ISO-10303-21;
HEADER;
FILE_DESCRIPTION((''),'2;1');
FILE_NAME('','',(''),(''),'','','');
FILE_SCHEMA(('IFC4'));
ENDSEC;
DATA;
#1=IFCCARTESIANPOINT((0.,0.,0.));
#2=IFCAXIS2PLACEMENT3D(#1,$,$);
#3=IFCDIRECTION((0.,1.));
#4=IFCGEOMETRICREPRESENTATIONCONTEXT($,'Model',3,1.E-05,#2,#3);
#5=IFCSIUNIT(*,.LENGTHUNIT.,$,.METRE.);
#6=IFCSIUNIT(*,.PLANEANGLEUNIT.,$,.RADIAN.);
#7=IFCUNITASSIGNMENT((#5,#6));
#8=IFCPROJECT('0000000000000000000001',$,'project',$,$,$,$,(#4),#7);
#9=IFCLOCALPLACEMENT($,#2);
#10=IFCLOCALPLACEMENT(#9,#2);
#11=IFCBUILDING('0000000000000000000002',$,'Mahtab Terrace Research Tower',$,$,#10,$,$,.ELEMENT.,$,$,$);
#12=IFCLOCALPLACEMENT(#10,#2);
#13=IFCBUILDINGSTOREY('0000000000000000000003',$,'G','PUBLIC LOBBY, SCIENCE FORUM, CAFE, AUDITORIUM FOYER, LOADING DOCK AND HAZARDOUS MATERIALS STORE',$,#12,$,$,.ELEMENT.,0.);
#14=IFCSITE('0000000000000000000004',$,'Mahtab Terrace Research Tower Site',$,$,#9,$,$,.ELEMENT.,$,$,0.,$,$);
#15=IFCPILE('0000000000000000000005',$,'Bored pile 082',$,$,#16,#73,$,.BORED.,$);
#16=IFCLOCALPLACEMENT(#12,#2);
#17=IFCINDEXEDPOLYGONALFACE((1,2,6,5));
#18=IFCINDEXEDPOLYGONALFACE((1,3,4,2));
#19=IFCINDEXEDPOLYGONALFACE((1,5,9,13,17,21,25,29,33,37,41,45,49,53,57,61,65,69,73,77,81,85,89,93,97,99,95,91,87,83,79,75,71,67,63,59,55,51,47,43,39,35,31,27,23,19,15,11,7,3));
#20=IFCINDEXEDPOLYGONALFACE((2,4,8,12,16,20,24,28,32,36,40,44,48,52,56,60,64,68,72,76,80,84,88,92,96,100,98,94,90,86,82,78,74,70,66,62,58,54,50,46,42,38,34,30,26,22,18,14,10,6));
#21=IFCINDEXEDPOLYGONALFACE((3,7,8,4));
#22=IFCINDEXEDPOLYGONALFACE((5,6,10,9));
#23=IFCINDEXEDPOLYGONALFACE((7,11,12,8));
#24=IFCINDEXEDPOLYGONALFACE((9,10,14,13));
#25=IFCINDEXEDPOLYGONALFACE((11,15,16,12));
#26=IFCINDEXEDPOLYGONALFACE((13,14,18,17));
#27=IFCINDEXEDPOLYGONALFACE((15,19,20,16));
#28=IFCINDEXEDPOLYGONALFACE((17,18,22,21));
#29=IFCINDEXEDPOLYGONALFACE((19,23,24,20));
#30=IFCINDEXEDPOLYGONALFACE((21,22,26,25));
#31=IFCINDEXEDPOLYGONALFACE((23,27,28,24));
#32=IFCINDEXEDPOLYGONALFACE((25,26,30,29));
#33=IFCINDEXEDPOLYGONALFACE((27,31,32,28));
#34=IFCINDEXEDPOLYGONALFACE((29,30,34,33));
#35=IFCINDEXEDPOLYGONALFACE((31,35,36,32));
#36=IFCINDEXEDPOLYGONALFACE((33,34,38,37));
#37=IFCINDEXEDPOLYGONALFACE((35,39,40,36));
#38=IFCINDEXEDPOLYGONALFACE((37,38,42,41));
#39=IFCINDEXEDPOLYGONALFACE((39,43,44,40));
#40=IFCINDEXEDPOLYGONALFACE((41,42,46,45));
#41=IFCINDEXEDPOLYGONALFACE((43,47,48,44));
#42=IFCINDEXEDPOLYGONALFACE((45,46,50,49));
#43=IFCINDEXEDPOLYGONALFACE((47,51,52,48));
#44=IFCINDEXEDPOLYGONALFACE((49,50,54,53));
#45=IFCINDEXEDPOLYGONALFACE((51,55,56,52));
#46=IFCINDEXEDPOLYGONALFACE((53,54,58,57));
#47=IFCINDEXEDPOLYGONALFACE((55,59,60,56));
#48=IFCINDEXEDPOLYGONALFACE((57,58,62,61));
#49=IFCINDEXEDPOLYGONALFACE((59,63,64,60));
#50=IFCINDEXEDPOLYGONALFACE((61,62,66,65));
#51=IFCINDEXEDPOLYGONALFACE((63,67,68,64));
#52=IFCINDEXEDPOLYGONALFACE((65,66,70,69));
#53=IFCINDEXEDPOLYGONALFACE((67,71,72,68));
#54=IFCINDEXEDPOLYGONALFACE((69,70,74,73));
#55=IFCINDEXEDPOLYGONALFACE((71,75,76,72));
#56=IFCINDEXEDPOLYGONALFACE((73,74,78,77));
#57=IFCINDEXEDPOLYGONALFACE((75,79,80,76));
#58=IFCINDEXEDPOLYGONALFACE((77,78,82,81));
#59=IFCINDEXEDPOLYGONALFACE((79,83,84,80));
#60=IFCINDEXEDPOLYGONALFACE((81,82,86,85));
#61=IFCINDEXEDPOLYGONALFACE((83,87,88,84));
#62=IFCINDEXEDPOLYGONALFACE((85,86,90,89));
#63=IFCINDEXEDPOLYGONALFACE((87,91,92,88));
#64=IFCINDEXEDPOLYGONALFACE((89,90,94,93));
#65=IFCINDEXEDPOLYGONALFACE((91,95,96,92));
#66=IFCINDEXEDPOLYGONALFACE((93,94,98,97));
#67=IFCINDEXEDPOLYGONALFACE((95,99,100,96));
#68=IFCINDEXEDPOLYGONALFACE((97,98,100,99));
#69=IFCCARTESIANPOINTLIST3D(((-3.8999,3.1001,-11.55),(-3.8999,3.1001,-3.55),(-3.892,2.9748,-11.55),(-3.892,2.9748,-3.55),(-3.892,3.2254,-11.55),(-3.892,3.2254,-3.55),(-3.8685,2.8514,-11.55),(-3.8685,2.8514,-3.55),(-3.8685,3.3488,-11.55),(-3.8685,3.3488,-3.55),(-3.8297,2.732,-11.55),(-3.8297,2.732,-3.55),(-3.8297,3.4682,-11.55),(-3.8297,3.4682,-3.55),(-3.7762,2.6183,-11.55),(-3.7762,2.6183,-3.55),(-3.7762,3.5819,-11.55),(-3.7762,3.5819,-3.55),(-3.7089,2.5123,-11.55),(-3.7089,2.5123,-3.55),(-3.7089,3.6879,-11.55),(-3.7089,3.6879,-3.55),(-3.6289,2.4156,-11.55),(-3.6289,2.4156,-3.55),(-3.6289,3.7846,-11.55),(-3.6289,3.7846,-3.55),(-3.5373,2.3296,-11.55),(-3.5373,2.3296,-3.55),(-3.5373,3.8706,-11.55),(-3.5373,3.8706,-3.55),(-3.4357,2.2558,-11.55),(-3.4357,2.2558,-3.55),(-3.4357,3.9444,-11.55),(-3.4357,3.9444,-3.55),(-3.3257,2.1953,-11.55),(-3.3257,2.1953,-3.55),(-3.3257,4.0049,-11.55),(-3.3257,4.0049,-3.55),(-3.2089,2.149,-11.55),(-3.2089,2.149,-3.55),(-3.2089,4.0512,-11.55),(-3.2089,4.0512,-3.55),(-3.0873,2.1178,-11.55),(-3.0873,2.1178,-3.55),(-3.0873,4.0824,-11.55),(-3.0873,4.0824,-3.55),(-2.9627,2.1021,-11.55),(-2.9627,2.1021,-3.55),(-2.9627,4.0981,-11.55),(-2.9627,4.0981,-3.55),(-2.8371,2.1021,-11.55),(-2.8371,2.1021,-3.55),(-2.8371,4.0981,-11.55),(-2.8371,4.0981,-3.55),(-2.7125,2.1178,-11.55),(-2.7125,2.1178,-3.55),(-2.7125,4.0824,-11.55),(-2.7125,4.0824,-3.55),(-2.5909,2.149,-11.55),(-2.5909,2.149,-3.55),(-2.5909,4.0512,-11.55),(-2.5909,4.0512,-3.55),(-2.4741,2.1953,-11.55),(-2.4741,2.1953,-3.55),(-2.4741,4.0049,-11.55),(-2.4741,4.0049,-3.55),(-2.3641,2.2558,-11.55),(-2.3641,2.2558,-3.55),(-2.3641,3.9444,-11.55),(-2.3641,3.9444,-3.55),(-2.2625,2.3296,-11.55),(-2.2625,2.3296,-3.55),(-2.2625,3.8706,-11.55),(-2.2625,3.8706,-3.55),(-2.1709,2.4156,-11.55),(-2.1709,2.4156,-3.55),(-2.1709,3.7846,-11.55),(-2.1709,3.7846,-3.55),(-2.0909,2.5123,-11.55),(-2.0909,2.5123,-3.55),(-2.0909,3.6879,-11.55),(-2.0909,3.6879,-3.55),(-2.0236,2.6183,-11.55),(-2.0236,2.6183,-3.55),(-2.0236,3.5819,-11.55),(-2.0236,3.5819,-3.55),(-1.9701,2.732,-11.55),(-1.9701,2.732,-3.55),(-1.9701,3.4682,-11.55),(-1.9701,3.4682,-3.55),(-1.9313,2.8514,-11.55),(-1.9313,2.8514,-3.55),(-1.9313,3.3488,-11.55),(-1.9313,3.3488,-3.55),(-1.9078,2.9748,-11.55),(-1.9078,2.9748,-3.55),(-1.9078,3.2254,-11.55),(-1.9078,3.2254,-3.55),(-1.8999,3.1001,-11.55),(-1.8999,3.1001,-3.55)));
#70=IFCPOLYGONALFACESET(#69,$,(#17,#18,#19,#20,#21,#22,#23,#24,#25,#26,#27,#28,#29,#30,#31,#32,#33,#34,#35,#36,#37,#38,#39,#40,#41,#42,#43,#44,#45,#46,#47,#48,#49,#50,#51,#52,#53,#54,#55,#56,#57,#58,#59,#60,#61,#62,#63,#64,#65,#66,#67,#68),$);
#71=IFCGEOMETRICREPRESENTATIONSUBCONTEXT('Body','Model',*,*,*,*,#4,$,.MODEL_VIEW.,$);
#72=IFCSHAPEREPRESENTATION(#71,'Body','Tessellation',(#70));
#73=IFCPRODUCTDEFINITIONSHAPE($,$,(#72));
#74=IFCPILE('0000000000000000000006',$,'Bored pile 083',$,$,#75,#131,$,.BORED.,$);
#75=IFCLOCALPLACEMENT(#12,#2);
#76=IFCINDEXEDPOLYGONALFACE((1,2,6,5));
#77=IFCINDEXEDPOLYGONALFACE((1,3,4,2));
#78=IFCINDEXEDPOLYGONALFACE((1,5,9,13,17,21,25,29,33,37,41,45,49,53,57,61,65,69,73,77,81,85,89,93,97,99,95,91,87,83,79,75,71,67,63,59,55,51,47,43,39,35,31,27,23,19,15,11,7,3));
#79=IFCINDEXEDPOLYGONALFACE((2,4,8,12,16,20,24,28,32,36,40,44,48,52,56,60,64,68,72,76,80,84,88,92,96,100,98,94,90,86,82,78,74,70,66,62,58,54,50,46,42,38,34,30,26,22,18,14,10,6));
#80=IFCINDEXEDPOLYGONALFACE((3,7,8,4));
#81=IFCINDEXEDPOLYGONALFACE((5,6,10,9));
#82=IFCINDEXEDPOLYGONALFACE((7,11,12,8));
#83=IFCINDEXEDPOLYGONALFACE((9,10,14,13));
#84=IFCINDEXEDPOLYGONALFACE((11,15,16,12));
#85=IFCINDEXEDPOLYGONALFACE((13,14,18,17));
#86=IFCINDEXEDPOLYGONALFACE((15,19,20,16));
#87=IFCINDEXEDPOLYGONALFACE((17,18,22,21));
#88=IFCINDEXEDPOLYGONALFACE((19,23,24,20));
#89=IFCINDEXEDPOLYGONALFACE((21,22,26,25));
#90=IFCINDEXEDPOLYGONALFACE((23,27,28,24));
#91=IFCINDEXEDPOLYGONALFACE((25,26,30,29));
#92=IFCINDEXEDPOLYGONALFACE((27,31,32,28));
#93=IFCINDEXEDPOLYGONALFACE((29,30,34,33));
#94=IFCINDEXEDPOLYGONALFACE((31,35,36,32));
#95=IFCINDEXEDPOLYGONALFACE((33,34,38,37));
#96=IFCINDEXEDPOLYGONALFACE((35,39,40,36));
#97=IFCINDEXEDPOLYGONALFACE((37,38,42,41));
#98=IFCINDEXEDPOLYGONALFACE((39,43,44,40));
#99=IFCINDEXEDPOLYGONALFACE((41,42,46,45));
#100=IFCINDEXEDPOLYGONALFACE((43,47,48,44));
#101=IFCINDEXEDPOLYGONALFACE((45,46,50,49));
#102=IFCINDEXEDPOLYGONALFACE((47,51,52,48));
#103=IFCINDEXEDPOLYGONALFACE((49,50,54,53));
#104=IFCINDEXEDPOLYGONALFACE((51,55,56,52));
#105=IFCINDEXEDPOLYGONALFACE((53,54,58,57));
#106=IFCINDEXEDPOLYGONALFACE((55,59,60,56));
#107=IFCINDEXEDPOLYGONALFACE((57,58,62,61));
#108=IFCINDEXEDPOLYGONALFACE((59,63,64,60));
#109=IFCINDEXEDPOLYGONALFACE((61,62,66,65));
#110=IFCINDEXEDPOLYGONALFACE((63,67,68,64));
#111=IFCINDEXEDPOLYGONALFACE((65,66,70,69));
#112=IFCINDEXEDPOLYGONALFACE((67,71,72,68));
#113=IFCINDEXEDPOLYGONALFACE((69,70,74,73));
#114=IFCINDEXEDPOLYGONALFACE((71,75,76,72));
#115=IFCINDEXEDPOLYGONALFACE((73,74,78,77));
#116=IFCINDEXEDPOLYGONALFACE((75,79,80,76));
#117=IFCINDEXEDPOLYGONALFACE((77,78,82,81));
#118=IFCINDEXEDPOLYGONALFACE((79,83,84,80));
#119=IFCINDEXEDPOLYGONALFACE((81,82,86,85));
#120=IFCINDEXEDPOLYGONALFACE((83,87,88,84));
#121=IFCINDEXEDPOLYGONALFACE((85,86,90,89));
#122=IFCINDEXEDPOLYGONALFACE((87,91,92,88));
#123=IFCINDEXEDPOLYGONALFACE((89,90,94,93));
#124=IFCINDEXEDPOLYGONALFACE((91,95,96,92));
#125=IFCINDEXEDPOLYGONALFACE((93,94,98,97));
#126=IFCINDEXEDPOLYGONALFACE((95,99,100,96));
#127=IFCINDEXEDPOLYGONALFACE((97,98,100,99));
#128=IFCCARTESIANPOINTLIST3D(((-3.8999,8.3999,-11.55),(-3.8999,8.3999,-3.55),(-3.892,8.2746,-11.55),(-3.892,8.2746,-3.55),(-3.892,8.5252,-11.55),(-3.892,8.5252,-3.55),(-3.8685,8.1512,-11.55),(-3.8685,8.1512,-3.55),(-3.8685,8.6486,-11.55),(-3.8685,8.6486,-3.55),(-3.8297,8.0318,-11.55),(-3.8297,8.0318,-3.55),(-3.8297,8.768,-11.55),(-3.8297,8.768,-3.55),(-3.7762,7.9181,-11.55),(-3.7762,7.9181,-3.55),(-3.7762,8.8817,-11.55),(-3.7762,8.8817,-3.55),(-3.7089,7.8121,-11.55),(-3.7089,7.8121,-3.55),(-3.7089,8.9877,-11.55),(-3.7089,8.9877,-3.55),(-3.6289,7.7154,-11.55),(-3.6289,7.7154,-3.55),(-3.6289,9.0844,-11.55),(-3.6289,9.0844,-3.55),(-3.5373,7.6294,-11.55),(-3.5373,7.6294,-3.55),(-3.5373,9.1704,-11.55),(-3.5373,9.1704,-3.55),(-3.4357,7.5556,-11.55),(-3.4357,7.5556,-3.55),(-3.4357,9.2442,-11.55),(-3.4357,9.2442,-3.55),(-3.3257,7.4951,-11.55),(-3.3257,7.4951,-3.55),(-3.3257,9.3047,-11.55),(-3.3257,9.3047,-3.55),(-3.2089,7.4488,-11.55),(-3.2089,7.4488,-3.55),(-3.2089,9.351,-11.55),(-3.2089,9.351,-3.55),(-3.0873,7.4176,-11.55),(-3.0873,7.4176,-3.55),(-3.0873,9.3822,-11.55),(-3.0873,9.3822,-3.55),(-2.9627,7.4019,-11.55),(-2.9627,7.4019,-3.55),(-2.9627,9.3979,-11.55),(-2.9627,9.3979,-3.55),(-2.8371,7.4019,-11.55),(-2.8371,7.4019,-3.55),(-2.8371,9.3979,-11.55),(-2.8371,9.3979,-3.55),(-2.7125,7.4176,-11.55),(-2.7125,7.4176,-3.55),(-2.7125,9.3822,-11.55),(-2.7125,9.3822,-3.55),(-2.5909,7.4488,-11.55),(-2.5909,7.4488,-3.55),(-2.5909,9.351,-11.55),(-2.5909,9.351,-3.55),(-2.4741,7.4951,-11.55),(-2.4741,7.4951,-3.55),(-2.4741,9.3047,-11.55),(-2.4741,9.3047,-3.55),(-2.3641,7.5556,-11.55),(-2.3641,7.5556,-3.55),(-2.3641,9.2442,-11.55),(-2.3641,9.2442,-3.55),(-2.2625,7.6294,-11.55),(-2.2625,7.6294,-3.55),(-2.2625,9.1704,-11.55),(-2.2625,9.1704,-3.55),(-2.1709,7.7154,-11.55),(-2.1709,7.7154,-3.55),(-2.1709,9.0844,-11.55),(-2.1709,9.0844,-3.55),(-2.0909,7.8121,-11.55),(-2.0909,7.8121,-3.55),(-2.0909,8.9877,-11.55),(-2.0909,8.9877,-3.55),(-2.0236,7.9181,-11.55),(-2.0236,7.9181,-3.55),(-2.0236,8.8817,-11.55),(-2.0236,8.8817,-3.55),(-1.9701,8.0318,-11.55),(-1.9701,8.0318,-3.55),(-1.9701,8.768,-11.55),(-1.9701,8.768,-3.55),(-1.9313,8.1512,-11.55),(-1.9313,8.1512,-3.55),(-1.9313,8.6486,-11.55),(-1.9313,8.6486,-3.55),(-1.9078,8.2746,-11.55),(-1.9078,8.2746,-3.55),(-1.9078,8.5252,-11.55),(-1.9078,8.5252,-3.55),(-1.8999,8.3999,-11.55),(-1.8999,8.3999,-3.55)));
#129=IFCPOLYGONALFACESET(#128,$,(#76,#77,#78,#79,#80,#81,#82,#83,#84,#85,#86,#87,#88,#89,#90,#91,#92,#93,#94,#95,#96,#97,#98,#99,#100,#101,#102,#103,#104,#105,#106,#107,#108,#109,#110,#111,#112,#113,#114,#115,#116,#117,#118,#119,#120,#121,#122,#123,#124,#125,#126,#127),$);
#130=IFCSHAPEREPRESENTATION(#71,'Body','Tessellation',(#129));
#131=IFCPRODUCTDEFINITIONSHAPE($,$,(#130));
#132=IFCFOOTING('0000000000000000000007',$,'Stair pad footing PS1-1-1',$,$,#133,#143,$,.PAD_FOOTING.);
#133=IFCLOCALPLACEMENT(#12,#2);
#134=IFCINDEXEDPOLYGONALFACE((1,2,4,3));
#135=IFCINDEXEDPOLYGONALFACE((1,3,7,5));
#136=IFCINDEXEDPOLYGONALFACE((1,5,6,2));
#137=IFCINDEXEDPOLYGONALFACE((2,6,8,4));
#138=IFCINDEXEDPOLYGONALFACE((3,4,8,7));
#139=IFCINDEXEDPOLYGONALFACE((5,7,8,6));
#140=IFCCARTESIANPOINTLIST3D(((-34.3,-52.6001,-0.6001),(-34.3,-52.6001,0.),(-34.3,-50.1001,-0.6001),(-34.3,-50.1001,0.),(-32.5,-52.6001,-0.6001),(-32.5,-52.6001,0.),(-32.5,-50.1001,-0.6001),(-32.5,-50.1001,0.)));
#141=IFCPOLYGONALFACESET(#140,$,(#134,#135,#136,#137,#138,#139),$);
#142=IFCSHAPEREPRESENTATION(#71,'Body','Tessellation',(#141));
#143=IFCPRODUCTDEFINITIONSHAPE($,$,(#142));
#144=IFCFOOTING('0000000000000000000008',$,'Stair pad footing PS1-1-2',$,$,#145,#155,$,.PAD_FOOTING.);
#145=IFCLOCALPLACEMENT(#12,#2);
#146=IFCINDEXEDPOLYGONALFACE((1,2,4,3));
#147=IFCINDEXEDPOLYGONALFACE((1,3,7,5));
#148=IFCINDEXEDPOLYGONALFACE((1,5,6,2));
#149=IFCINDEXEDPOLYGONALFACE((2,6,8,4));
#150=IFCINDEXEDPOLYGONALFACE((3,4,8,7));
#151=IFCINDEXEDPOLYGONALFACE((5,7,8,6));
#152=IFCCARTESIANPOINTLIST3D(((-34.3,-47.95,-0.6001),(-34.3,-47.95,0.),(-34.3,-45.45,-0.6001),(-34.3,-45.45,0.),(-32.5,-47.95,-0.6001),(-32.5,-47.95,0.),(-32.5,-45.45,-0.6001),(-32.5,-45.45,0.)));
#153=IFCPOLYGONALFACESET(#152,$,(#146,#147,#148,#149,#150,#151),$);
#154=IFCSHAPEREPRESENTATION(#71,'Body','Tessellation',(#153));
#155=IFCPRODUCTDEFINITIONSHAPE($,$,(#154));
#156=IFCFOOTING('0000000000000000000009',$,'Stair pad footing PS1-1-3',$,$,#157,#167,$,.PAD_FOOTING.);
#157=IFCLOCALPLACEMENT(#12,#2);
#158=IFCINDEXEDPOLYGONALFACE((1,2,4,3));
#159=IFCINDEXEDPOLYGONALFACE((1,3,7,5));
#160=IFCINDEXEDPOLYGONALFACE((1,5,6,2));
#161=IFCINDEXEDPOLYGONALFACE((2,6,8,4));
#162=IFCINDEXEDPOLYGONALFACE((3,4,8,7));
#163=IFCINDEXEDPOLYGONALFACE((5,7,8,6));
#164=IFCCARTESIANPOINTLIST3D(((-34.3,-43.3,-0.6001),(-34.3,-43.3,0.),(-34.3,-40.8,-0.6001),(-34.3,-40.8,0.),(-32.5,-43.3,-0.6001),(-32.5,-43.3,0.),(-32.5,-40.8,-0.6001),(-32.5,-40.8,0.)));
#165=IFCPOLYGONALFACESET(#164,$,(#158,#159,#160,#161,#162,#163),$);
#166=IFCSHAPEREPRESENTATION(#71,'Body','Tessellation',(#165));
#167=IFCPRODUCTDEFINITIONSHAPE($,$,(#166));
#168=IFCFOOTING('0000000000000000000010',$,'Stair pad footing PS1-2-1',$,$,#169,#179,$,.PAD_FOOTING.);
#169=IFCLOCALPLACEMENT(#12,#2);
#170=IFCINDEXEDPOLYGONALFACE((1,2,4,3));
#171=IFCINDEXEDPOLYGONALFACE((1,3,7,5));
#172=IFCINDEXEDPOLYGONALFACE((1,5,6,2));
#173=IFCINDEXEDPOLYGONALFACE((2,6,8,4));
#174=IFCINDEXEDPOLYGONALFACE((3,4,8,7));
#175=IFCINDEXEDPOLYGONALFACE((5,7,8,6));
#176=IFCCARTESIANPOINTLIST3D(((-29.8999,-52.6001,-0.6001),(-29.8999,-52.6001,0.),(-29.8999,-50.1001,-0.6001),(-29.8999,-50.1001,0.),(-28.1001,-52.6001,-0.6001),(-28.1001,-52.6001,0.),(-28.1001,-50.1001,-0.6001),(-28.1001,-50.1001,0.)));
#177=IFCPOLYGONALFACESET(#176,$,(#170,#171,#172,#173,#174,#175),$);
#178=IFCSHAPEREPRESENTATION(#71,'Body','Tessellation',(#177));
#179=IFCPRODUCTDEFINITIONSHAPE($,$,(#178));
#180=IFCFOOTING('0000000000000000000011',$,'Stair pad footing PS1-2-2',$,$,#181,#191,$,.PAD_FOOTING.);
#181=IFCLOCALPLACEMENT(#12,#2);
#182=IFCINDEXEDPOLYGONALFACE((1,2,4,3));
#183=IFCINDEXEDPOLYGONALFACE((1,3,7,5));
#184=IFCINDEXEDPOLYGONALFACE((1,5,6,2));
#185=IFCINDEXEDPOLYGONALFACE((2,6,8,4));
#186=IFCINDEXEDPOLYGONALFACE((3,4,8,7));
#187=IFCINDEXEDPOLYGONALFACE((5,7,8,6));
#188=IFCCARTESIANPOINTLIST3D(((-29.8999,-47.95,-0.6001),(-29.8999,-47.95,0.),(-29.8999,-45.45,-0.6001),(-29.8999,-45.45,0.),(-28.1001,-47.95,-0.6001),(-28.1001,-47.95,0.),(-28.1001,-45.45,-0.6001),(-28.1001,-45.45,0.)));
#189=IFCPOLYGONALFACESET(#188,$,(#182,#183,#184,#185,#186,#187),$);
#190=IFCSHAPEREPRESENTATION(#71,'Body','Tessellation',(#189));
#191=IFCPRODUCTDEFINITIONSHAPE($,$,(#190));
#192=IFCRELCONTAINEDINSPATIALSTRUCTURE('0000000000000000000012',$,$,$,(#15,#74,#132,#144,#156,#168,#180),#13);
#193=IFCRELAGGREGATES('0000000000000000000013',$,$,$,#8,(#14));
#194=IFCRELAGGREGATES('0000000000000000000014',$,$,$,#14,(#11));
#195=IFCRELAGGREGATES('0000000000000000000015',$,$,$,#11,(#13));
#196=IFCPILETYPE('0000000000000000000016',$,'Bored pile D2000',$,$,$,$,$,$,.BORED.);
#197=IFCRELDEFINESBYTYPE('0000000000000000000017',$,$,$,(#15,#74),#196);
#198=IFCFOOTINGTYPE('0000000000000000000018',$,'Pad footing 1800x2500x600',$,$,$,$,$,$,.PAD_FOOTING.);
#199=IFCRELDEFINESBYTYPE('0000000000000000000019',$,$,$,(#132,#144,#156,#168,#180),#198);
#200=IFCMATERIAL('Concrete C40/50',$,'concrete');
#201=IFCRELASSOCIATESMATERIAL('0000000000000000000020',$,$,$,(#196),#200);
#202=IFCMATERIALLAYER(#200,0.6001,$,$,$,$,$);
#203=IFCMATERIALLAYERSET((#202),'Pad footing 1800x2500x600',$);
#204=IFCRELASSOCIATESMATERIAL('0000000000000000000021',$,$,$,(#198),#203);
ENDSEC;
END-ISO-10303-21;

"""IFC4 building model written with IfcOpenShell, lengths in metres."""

from ifc_helpers import new_model, si_unit, direction, frame, origin, origin_2d, place, context, subcontext, project, spatial, polyline, circle, outline, extrude, material, layer, layer_set, material_profile, profile_set, type_object, element, save


model = new_model("IFC4")

# Units and contexts
model_context = context("Model", 3, precision=1e-05, world=origin(), true_north=direction((0.0, 1.0)))
body_context = subcontext(model_context, "Body", "Model", "MODEL_VIEW")
ifc_project = project(units=[si_unit("LENGTHUNIT", "METRE"), si_unit("PLANEANGLEUNIT", "RADIAN")], contexts=[model_context])

# Site, building, storey
site_placement = place(None, origin())
site = spatial("IfcSite", under=ifc_project, at=site_placement, Name="Mahtab Terrace Research Tower Site", CompositionType="ELEMENT", RefElevation=0.0)
building_placement = place(site_placement, origin())
building = spatial("IfcBuilding", under=site, at=building_placement, Name="Mahtab Terrace Research Tower", CompositionType="ELEMENT")
storey_placement = place(building_placement, origin())
storey = spatial("IfcBuildingStorey", under=building, at=storey_placement, Name="G", Description="PUBLIC LOBBY, SCIENCE FORUM, CAFE, AUDITORIUM FOYER, LOADING DOCK AND HAZARDOUS MATERIALS STORE", CompositionType="ELEMENT", Elevation=0.0)

# Piles
ifc_material_1 = material(Name="Concrete C40/50", Category="concrete")
ifc_material_profile_1 = material_profile(ifc_material_1, circle(Radius=1.0, at=origin_2d()), Name="Bored pile D2000")
ifc_profile_set_1 = profile_set([ifc_material_profile_1], Name="Concrete C40/50")
pile_type = type_object("IfcPileType", Name="Bored pile D2000", PredefinedType="BORED", material=ifc_profile_set_1)
for number, where, z_axis, x_axis, name in (
    (1, (-2.8999, 3.1001, -3.55), (0.0, 0.0, -1.0), (1.0, 0.0, 0.0), "Bored pile 082"),
    (2, (-2.8999, 8.3999, -3.55), (0.0, 0.0, -1.0), (1.0, 0.0, 0.0), "Bored pile 083"),
):
    element("IfcPile", number, at=place(storey_placement, frame(where, z_axis=z_axis, x_axis=x_axis)), inside=storey, type_object=pile_type, Name=name, PredefinedType="BORED", context=body_context, shape_type="SweptSolid", body=[
        extrude(circle(Radius=1.0, at=origin_2d()), origin(), (0.0, 0.0, 1.0), 8.0),
    ])

# Footings
ifc_layer_1 = layer(ifc_material_1, 0.6001)
ifc_layer_set_1 = layer_set([ifc_layer_1], Name="Pad footing 1800x2500x600")
footing_type_1 = type_object("IfcFootingType", Name="Pad footing 1800x2500x600", PredefinedType="PAD_FOOTING", material=ifc_layer_set_1)
footing_1_placement = place(storey_placement, frame((0.0, 0.0, -0.6001)))
element("IfcFooting", 3, at=footing_1_placement, inside=storey, type_object=footing_type_1, Name="Stair pad footing PS1-1-1", PredefinedType="PAD_FOOTING", context=body_context, shape_type="SweptSolid", body=[
    extrude(outline(polyline([(-34.3, -52.6001), (-32.5, -52.6001), (-32.5, -50.1001), (-34.3, -50.1001), (-34.3, -52.6001)])), origin(), (0.0, 0.0, 1.0), 0.6001),
])
footing_2_placement = place(storey_placement, frame((0.0, 0.0, -0.6001)))
element("IfcFooting", 4, at=footing_2_placement, inside=storey, type_object=footing_type_1, Name="Stair pad footing PS1-1-2", PredefinedType="PAD_FOOTING", context=body_context, shape_type="SweptSolid", body=[
    extrude(outline(polyline([(-34.3, -47.95), (-32.5, -47.95), (-32.5, -45.45), (-34.3, -45.45), (-34.3, -47.95)])), origin(), (0.0, 0.0, 1.0), 0.6001),
])
footing_3_placement = place(storey_placement, frame((0.0, 0.0, -0.6001)))
element("IfcFooting", 5, at=footing_3_placement, inside=storey, type_object=footing_type_1, Name="Stair pad footing PS1-1-3", PredefinedType="PAD_FOOTING", context=body_context, shape_type="SweptSolid", body=[
    extrude(outline(polyline([(-34.3, -43.3), (-32.5, -43.3), (-32.5, -40.8), (-34.3, -40.8), (-34.3, -43.3)])), origin(), (0.0, 0.0, 1.0), 0.6001),
])
footing_4_placement = place(storey_placement, frame((0.0, 0.0, -0.6001)))
element("IfcFooting", 6, at=footing_4_placement, inside=storey, type_object=footing_type_1, Name="Stair pad footing PS1-2-1", PredefinedType="PAD_FOOTING", context=body_context, shape_type="SweptSolid", body=[
    extrude(outline(polyline([(-29.8999, -52.6001), (-28.1001, -52.6001), (-28.1001, -50.1001), (-29.8999, -50.1001), (-29.8999, -52.6001)])), origin(), (0.0, 0.0, 1.0), 0.6001),
])
footing_5_placement = place(storey_placement, frame((0.0, 0.0, -0.6001)))
element("IfcFooting", 7, at=footing_5_placement, inside=storey, type_object=footing_type_1, Name="Stair pad footing PS1-2-2", PredefinedType="PAD_FOOTING", context=body_context, shape_type="SweptSolid", body=[
    extrude(outline(polyline([(-29.8999, -47.95), (-28.1001, -47.95), (-28.1001, -45.45), (-29.8999, -45.45), (-29.8999, -47.95)])), origin(), (0.0, 0.0, 1.0), 0.6001),
])

save(model, "model.ifc")
